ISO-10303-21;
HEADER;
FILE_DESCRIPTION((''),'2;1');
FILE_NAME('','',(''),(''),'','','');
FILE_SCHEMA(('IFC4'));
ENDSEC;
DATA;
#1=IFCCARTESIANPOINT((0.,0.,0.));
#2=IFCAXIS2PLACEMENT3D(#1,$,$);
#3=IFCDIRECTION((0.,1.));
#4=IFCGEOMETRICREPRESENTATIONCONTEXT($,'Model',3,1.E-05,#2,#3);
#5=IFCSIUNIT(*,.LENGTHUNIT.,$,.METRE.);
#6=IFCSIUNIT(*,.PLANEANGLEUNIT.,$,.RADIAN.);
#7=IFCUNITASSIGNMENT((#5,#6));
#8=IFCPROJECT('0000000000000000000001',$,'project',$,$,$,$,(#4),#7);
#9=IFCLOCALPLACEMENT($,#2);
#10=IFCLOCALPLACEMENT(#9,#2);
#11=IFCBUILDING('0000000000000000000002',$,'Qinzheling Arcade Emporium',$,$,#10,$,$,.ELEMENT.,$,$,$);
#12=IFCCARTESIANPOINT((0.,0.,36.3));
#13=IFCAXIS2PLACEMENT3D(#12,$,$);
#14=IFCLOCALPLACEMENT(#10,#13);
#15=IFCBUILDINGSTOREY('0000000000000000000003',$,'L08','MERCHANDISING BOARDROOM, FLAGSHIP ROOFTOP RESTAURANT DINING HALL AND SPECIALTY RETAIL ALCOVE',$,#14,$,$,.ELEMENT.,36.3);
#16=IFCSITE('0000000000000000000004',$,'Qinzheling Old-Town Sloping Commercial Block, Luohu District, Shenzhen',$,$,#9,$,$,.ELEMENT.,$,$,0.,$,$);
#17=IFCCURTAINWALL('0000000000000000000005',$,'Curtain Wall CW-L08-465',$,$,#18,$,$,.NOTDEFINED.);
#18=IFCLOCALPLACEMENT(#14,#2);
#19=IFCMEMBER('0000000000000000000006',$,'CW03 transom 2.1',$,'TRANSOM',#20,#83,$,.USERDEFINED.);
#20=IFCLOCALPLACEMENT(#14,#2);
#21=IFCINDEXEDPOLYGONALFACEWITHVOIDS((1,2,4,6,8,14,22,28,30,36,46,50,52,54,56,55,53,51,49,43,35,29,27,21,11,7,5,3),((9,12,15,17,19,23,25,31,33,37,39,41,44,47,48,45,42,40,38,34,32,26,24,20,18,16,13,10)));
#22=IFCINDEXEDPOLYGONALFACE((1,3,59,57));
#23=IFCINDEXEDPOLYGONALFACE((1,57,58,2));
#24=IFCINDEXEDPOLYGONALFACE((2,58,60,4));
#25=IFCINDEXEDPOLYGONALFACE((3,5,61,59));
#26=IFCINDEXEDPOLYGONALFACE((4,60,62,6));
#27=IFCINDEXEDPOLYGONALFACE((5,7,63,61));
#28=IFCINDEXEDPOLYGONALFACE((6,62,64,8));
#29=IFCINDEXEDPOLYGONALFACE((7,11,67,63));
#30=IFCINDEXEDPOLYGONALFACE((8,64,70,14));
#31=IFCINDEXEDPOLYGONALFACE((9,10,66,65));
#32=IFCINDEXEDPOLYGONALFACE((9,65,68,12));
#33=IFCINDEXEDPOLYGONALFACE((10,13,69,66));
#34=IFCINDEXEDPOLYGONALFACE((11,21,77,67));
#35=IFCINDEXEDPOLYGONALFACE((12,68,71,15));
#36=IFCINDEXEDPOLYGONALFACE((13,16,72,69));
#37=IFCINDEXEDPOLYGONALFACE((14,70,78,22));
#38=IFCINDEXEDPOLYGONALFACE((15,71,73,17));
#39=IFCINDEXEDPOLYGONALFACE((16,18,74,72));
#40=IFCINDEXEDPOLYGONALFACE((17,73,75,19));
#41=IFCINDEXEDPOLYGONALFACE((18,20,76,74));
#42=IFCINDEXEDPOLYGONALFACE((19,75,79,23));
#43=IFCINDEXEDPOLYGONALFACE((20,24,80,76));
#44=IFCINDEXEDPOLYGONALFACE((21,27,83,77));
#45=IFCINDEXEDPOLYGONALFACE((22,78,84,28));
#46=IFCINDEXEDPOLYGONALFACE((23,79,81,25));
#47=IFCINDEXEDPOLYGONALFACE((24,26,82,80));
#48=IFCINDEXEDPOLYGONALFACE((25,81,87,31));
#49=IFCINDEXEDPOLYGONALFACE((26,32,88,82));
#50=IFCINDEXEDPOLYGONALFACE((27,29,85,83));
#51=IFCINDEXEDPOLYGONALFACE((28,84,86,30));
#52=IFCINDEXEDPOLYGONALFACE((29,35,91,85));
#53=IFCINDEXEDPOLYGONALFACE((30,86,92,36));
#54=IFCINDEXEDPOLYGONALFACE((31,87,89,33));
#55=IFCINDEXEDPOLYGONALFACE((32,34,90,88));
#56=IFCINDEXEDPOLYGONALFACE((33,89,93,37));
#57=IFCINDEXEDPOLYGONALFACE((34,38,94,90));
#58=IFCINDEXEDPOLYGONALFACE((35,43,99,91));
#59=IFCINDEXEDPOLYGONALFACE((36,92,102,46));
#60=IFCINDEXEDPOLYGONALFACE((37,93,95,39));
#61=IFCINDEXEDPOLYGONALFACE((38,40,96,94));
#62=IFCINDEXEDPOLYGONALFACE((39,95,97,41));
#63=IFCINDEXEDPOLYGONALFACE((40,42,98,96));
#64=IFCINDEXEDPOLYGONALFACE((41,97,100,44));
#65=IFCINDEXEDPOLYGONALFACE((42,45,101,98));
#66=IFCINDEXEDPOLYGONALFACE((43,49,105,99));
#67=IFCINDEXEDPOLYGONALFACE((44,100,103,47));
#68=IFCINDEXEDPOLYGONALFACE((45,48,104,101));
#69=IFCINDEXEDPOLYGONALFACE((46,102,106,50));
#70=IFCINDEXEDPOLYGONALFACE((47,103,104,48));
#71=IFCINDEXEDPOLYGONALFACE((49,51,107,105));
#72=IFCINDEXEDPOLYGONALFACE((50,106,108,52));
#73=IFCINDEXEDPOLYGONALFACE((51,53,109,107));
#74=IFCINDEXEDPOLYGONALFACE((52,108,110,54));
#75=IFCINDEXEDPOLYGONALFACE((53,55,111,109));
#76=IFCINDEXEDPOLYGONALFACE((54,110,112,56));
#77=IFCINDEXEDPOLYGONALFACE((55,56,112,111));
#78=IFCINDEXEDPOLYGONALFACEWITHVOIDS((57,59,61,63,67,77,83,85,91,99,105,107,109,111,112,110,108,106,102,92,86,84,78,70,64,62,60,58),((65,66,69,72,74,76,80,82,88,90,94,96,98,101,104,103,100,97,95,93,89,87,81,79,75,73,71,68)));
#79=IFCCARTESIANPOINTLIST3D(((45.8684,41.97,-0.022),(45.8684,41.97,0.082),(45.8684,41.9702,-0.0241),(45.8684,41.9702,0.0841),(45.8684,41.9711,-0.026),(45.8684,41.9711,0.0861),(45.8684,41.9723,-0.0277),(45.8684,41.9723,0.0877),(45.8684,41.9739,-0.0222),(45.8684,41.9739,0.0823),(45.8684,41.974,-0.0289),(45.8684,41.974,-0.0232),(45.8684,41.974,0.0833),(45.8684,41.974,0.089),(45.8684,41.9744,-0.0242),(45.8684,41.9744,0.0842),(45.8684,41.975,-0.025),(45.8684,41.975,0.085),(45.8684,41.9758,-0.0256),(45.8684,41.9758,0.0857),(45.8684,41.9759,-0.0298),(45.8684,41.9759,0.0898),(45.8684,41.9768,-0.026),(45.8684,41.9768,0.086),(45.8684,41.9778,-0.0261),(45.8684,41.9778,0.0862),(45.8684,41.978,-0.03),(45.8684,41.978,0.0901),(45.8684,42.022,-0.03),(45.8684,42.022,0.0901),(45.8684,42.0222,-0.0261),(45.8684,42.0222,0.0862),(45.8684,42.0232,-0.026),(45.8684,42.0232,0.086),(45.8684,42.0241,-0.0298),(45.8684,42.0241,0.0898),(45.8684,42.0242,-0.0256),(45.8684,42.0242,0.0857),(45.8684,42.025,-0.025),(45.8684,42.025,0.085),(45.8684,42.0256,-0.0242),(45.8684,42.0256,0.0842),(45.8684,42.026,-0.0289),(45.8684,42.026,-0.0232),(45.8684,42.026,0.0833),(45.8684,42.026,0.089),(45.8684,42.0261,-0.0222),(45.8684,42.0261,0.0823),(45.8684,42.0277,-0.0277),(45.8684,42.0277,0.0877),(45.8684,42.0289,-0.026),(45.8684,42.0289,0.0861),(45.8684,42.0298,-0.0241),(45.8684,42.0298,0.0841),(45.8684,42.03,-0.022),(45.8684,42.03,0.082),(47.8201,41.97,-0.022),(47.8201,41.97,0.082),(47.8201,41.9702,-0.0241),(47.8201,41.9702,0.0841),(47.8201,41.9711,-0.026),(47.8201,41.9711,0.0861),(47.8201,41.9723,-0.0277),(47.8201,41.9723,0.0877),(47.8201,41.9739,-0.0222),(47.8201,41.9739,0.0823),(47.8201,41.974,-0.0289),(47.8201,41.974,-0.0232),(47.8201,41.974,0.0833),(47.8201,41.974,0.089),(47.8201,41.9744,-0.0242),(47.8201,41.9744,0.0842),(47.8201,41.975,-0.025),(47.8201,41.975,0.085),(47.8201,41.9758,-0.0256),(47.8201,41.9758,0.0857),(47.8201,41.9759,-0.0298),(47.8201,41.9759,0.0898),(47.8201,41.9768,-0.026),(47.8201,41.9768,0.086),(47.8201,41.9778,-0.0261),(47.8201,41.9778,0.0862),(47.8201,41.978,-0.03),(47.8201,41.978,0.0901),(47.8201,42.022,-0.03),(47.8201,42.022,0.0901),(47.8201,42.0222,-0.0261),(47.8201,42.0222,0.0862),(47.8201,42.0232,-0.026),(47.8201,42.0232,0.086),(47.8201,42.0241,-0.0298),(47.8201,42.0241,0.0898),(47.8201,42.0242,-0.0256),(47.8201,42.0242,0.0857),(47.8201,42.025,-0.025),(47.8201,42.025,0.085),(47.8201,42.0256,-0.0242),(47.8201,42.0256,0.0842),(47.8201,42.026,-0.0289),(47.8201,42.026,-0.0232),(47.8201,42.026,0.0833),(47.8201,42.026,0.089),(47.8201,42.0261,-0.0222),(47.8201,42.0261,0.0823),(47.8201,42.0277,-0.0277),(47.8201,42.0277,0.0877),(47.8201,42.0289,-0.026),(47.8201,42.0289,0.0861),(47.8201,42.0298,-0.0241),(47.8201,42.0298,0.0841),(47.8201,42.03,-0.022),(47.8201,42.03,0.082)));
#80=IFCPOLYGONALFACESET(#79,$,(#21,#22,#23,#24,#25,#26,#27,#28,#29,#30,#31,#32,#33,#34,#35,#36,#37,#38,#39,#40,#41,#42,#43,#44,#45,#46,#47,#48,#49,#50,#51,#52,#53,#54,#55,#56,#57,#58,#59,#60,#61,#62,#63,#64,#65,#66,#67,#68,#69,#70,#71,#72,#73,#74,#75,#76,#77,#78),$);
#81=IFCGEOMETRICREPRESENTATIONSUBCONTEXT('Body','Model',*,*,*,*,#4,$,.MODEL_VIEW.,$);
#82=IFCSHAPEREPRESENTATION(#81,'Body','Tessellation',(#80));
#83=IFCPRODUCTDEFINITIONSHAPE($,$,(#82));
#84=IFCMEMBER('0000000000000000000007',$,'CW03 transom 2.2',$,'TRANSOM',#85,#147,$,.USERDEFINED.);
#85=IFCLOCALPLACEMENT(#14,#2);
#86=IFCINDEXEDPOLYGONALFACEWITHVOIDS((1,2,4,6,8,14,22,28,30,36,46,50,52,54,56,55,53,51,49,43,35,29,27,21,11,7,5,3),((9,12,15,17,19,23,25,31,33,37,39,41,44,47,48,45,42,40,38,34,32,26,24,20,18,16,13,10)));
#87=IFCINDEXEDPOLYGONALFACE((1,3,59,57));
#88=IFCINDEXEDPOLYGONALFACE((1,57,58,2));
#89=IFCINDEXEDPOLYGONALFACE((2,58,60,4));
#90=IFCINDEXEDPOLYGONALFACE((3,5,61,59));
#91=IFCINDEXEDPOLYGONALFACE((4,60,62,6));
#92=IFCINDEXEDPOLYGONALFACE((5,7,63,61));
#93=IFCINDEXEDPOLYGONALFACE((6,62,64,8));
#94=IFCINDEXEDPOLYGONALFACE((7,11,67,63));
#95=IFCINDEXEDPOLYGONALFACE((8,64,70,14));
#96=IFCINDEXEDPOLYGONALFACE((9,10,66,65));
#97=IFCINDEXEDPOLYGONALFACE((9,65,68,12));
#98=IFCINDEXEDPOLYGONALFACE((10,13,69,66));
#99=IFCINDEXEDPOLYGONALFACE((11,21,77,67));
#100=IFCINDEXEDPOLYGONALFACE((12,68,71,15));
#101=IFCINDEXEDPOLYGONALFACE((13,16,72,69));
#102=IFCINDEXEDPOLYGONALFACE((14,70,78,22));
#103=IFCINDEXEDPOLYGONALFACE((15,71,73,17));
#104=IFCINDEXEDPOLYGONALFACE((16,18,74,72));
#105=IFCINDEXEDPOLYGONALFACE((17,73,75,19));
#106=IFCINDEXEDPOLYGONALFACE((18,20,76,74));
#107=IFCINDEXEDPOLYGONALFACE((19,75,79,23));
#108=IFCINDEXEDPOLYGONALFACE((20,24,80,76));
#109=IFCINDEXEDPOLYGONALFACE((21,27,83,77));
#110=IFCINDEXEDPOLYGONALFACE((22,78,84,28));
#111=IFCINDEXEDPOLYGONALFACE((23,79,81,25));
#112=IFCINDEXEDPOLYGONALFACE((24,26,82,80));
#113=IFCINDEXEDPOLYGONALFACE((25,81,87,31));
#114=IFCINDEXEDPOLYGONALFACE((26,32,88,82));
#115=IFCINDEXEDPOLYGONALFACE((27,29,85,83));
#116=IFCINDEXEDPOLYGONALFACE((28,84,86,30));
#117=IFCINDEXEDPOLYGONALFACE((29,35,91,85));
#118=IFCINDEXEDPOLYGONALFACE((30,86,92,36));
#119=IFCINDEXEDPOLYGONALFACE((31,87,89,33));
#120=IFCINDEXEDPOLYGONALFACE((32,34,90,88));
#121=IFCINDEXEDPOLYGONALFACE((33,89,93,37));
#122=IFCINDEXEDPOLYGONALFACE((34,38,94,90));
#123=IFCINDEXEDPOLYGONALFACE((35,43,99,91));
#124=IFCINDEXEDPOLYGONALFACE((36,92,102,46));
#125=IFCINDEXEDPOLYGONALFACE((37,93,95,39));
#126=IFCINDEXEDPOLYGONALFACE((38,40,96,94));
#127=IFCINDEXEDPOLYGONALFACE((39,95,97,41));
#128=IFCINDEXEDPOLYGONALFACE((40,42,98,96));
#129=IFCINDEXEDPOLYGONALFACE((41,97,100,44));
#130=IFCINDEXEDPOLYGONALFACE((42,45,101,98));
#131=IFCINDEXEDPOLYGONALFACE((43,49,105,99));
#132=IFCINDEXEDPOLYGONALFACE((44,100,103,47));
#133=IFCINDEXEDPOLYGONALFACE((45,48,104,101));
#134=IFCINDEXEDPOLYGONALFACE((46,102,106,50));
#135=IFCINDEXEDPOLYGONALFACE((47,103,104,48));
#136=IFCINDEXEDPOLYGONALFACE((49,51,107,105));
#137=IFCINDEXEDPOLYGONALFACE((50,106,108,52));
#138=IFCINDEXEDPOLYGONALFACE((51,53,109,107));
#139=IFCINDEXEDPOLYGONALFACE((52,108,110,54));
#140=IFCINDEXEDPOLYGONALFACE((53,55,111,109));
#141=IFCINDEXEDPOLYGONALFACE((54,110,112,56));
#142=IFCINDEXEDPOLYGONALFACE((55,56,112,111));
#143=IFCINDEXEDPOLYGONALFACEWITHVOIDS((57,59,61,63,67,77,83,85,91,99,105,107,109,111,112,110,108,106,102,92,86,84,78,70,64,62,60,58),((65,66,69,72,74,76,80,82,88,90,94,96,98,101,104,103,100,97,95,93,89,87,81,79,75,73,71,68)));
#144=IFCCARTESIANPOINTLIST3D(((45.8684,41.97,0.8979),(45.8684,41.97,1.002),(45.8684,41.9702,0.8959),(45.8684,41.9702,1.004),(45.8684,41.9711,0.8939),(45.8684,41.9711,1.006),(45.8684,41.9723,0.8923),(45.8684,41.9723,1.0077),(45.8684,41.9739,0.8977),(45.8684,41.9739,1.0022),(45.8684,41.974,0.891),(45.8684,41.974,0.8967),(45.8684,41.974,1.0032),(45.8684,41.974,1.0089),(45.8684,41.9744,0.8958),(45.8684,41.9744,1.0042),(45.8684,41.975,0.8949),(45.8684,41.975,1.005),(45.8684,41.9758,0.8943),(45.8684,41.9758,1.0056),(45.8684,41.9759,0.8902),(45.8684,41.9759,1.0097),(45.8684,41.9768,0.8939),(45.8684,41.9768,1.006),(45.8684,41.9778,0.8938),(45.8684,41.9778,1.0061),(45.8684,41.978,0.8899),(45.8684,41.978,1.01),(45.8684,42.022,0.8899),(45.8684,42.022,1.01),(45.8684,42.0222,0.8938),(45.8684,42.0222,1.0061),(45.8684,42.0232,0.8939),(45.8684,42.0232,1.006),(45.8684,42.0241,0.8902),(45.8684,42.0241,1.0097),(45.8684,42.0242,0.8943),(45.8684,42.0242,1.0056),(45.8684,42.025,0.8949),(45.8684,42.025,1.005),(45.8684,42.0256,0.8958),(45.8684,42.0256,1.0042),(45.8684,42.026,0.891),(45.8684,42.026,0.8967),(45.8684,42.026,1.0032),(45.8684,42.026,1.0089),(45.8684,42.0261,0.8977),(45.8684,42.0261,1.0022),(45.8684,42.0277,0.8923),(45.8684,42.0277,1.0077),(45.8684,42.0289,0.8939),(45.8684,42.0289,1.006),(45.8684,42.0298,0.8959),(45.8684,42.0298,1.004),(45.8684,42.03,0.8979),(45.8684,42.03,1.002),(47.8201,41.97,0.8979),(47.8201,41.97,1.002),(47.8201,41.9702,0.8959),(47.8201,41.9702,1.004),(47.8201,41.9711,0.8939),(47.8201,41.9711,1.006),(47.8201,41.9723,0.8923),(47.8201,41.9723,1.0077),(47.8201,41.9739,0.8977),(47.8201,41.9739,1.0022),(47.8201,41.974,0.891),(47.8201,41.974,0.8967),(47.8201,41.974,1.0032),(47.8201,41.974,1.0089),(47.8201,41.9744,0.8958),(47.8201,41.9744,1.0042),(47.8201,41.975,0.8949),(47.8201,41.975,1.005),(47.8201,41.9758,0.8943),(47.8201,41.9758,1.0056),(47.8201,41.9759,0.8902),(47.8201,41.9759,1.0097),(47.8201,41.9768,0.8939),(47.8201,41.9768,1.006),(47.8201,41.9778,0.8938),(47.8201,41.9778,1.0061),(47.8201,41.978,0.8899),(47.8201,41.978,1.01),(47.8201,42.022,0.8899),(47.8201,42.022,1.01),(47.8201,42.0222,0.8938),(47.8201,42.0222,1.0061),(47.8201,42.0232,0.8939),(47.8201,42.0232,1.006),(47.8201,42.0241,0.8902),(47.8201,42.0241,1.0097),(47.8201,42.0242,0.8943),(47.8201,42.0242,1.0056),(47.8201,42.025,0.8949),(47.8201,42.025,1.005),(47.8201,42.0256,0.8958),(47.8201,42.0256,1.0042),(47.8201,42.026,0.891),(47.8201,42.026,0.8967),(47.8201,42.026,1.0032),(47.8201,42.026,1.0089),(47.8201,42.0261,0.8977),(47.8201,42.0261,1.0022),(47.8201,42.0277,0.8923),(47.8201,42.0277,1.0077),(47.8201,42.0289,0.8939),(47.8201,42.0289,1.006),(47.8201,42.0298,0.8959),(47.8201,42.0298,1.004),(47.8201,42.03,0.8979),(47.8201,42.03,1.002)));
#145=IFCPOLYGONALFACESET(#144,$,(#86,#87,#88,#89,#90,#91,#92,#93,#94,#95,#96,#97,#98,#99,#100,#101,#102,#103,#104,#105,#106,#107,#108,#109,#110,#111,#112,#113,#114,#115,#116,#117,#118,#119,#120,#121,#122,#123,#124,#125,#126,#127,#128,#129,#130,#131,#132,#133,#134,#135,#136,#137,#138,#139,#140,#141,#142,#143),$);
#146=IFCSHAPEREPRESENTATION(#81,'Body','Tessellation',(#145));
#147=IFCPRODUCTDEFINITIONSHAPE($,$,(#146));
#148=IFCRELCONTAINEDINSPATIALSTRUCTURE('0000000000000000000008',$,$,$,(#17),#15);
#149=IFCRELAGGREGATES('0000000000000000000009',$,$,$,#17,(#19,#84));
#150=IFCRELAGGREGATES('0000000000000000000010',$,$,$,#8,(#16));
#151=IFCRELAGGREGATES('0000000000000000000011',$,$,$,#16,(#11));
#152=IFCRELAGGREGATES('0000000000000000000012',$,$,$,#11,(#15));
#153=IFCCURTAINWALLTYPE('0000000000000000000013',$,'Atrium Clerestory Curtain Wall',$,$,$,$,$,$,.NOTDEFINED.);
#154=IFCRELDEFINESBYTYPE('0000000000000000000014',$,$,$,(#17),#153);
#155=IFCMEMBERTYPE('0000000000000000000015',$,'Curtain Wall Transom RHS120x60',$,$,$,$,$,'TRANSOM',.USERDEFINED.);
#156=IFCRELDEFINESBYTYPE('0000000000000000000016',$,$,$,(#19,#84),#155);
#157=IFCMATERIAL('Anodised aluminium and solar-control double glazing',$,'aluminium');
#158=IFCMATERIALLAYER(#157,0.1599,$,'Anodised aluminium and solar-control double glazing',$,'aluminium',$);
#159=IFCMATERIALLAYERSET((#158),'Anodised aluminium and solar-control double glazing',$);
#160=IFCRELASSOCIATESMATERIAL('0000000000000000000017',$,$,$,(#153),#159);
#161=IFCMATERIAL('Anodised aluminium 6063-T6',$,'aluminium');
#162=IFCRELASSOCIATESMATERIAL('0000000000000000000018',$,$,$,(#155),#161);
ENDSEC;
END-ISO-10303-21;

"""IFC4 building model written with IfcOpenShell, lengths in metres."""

from ifc_helpers import new_model, si_unit, direction, frame, origin, origin_2d, place, context, subcontext, project, spatial, hollow_rectangle, extrude, material, layer, layer_set, material_profile, profile_set, type_object, element, aggregate, save


model = new_model("IFC4")

# Units and contexts
model_context = context("Model", 3, precision=1e-05, world=origin(), true_north=direction((0.0, 1.0)))
body_context = subcontext(model_context, "Body", "Model", "MODEL_VIEW")
ifc_project = project(units=[si_unit("LENGTHUNIT", "METRE"), si_unit("PLANEANGLEUNIT", "RADIAN")], contexts=[model_context])

# Site, building, storey
site_placement = place(None, origin())
site = spatial("IfcSite", under=ifc_project, at=site_placement, Name="Qinzheling Old-Town Sloping Commercial Block, Luohu District, Shenzhen", CompositionType="ELEMENT", RefElevation=0.0)
building_placement = place(site_placement, origin())
building = spatial("IfcBuilding", under=site, at=building_placement, Name="Qinzheling Arcade Emporium", CompositionType="ELEMENT")
storey_placement = place(building_placement, frame((0.0, 0.0, 36.3)))
storey = spatial("IfcBuildingStorey", under=building, at=storey_placement, Name="L08", Description="MERCHANDISING BOARDROOM, FLAGSHIP ROOFTOP RESTAURANT DINING HALL AND SPECIALTY RETAIL ALCOVE", CompositionType="ELEMENT", Elevation=36.3)

# Curtain wall
ifc_material_1 = material(Name="Anodised aluminium and solar-control double glazing", Category="aluminium")
ifc_layer_1 = layer(ifc_material_1, 0.1599, Name="Anodised aluminium and solar-control double glazing", Category="aluminium")
ifc_layer_set_1 = layer_set([ifc_layer_1], Name="Anodised aluminium and solar-control double glazing")
curtain_wall_type = type_object("IfcCurtainWallType", Name="Atrium Clerestory Curtain Wall", PredefinedType="NOTDEFINED", material=ifc_layer_set_1)
ifc_material_2 = material(Name="Anodised aluminium 6063-T6", Category="aluminium")
curtain_wall_1_placement = place(storey_placement, origin())
curtain_wall_1 = element("IfcCurtainWall", 1, at=curtain_wall_1_placement, inside=storey, type_object=curtain_wall_type, Name="Curtain Wall CW-L08-465", PredefinedType="NOTDEFINED")

# Members
ifc_material_profile_1 = material_profile(ifc_material_2, hollow_rectangle(XDim=0.0601, YDim=0.1201, WallThickness=0.0039, InnerFilletRadius=0.0039, OuterFilletRadius=0.0081, at=origin_2d()), Name="RHS 120x60x4", Category="aluminium")
ifc_profile_set_1 = profile_set([ifc_material_profile_1], Name="Anodised aluminium 6063-T6")
member_type_1 = type_object("IfcMemberType", Name="Curtain Wall Transom RHS120x60", ElementType="TRANSOM", PredefinedType="USERDEFINED", material=ifc_profile_set_1)
member_1_placement = place(storey_placement, frame((45.8684, 42.0, 0.03), z_axis=(1.0, 0.0, 0.0), x_axis=(0.0, 1.0, 0.0)))
member_1 = element("IfcMember", 2, at=member_1_placement, type_object=member_type_1, Name="CW03 transom 2.1", ObjectType="TRANSOM", PredefinedType="USERDEFINED", context=body_context, shape_type="SweptSolid", body=[
    extrude(hollow_rectangle(XDim=0.0601, YDim=0.1201, WallThickness=0.0039, InnerFilletRadius=0.0039, OuterFilletRadius=0.0081, at=origin_2d()), origin(), (0.0, 0.0, 1.0), 1.9517),
])
member_2_placement = place(storey_placement, frame((45.8684, 42.0, 0.95), z_axis=(1.0, 0.0, 0.0), x_axis=(0.0, 1.0, 0.0)))
member_2 = element("IfcMember", 3, at=member_2_placement, type_object=member_type_1, Name="CW03 transom 2.2", ObjectType="TRANSOM", PredefinedType="USERDEFINED", context=body_context, shape_type="SweptSolid", body=[
    extrude(hollow_rectangle(XDim=0.0601, YDim=0.1201, WallThickness=0.0039, InnerFilletRadius=0.0039, OuterFilletRadius=0.0081, at=origin_2d()), origin(), (0.0, 0.0, 1.0), 1.9517),
])

aggregate(curtain_wall_1, [member_1, member_2])

save(model, "model.ifc")
